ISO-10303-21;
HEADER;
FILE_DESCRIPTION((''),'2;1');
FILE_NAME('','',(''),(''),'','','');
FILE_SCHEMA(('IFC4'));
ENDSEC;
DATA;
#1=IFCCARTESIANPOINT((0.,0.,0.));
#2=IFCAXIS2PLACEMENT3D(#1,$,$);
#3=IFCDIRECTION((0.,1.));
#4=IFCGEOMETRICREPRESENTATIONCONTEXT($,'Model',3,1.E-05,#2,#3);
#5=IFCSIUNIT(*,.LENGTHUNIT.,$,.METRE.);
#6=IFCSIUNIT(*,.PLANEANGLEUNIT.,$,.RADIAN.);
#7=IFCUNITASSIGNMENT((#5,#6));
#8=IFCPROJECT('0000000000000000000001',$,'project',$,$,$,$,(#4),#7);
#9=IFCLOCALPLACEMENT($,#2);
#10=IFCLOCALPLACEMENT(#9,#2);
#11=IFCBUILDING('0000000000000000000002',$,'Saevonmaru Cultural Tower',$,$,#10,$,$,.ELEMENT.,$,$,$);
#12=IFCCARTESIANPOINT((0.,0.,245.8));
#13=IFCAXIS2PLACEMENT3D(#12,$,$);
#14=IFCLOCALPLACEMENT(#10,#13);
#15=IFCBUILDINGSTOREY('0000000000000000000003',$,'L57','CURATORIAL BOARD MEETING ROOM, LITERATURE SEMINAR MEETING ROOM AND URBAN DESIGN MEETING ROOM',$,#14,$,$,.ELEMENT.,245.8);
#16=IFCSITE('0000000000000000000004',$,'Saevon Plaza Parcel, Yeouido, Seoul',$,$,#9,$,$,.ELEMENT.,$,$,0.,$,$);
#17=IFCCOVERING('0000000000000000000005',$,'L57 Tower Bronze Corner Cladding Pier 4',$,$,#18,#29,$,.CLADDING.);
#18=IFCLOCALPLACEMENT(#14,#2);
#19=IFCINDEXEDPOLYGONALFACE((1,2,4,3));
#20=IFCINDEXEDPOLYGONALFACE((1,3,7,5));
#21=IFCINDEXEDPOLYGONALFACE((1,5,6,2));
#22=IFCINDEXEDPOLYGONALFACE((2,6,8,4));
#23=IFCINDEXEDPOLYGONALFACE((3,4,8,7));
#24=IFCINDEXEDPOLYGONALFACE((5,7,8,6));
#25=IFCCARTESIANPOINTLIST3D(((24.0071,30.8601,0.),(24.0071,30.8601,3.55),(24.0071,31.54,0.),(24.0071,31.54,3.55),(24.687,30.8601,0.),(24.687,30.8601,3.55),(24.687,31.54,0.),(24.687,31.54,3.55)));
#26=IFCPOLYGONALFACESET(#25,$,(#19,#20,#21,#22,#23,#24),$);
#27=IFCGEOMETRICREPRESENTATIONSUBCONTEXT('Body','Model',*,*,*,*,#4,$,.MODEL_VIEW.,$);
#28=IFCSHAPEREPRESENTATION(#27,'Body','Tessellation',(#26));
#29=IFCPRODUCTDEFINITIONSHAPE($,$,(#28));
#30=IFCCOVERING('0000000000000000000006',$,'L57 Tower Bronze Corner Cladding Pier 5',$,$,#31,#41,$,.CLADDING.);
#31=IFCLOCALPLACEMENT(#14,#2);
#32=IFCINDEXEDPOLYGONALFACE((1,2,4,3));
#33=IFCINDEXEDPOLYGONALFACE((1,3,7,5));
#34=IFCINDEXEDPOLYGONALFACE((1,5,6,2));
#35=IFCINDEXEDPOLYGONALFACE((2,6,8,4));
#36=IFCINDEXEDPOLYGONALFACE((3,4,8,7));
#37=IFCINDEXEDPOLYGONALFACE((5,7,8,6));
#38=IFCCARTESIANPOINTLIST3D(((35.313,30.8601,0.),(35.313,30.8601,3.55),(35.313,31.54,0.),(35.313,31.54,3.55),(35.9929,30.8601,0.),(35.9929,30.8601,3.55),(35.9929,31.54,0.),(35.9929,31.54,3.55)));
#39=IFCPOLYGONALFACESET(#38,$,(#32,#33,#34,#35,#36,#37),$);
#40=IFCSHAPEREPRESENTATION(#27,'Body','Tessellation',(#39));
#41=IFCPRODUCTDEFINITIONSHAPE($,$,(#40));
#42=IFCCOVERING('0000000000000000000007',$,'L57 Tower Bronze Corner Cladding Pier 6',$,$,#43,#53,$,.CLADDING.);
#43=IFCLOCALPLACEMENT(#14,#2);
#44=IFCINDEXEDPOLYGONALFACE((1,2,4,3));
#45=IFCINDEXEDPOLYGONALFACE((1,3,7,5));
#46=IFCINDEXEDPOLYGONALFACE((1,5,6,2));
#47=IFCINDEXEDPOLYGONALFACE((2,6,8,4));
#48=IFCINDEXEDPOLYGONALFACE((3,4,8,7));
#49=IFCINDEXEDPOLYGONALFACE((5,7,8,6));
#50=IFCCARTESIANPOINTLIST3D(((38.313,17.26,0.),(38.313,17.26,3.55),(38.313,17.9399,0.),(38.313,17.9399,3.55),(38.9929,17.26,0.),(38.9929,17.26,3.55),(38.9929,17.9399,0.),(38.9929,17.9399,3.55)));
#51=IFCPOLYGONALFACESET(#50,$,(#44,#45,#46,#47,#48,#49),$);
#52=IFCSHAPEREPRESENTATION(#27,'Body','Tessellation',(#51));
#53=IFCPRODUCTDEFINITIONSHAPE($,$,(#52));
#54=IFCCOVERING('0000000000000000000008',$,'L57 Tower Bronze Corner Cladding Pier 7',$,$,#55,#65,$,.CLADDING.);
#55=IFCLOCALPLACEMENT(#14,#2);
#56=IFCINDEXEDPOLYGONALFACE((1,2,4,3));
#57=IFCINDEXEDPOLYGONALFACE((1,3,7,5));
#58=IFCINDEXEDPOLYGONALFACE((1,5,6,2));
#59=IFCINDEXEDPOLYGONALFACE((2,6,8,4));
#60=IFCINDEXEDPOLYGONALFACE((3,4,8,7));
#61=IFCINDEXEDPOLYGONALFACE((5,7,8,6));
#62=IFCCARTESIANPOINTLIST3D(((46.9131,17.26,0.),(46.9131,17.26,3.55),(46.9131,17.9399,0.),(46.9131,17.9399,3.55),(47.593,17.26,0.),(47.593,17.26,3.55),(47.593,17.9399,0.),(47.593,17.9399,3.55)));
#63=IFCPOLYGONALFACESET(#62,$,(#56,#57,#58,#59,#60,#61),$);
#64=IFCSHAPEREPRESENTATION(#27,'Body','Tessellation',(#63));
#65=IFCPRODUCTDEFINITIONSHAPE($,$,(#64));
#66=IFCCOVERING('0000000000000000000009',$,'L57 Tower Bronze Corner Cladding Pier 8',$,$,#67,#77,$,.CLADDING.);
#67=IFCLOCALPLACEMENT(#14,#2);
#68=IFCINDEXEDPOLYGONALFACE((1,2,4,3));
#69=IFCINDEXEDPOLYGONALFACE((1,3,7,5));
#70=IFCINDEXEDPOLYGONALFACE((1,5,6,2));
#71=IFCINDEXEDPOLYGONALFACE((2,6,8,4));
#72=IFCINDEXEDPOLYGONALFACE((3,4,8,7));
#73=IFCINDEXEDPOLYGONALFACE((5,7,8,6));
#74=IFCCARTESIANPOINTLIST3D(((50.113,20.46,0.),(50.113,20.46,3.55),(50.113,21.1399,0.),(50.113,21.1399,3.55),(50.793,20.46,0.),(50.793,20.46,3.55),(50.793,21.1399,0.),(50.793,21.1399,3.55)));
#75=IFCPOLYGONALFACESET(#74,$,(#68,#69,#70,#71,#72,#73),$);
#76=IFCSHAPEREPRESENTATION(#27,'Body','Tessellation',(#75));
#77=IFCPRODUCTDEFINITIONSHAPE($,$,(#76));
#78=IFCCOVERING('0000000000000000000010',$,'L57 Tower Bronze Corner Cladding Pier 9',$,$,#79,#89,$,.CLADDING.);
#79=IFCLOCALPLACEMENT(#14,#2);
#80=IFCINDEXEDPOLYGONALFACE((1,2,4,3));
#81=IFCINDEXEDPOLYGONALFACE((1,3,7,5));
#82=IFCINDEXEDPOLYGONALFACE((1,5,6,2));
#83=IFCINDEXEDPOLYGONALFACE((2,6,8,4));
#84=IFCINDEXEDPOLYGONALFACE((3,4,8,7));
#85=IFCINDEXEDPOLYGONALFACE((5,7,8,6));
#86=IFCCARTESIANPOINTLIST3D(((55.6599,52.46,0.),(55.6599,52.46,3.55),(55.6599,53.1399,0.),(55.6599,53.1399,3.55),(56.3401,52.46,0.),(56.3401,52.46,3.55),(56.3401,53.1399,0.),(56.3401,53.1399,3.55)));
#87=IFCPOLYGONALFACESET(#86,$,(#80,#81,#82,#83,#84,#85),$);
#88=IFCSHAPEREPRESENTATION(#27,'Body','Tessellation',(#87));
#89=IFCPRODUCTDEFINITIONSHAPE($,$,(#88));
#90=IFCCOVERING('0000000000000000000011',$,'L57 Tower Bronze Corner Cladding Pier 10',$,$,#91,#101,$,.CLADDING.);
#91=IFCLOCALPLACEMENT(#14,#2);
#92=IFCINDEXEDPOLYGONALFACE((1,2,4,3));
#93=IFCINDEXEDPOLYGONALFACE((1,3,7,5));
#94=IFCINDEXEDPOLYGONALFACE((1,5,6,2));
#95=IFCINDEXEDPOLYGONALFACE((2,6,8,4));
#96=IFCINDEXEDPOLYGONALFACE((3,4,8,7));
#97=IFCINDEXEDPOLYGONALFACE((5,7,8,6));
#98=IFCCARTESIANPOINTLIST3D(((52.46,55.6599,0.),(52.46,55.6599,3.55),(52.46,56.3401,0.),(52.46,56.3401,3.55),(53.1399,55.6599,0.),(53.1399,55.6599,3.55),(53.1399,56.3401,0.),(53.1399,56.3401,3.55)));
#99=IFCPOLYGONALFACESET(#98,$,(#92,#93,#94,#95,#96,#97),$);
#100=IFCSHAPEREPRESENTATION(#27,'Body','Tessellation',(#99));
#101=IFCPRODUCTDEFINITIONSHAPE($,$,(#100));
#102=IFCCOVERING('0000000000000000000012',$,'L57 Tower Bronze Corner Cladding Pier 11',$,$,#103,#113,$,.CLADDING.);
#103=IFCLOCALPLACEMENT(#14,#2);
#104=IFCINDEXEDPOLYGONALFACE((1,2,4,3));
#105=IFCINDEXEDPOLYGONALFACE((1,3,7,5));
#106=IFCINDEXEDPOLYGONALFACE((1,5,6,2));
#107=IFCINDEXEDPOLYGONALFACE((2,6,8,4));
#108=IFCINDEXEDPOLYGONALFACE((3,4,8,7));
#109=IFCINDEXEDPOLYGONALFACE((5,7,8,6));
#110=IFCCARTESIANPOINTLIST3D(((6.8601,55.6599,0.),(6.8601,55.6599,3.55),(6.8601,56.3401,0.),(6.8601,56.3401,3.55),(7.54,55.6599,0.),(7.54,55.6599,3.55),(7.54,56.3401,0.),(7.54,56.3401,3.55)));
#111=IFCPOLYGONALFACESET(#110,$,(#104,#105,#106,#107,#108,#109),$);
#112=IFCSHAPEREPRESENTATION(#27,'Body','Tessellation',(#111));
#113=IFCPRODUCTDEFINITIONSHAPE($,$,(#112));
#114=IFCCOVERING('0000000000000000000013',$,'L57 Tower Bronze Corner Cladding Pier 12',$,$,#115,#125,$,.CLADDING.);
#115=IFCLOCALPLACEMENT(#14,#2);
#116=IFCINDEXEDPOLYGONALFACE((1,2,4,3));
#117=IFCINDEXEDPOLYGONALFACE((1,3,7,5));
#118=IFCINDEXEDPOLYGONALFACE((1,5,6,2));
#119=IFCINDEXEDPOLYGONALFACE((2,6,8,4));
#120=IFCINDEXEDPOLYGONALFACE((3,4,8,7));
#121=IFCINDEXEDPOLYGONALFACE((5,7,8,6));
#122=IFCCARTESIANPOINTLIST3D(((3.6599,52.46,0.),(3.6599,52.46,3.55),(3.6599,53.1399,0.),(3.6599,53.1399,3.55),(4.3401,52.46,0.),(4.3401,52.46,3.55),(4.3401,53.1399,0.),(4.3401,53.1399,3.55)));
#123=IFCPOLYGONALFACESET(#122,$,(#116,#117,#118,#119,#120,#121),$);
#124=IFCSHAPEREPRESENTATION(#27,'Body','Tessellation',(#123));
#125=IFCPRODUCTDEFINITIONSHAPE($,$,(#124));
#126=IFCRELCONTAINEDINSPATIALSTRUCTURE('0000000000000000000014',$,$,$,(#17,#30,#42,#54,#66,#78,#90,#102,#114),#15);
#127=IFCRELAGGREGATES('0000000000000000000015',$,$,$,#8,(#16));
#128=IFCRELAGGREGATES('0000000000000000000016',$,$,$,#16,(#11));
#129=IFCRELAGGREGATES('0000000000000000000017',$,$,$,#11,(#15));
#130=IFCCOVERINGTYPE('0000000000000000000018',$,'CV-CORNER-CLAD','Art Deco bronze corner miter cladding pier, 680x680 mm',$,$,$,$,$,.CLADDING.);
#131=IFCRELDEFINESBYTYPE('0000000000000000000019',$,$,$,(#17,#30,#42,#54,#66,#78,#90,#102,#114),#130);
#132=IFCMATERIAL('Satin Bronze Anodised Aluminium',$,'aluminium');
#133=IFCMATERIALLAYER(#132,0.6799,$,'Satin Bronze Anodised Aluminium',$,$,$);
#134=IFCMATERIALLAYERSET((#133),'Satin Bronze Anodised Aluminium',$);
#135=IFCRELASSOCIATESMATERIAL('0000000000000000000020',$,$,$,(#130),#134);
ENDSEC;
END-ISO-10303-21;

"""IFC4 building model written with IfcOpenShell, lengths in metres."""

from ifc_helpers import new_model, si_unit, direction, frame, origin, place, context, subcontext, project, spatial, polyline, outline, extrude, material, layer, layer_set, type_object, element, save


model = new_model("IFC4")

# Units and contexts
model_context = context("Model", 3, precision=1e-05, world=origin(), true_north=direction((0.0, 1.0)))
body_context = subcontext(model_context, "Body", "Model", "MODEL_VIEW")
ifc_project = project(units=[si_unit("LENGTHUNIT", "METRE"), si_unit("PLANEANGLEUNIT", "RADIAN")], contexts=[model_context])

# Site, building, storey
site_placement = place(None, origin())
site = spatial("IfcSite", under=ifc_project, at=site_placement, Name="Saevon Plaza Parcel, Yeouido, Seoul", CompositionType="ELEMENT", RefElevation=0.0)
building_placement = place(site_placement, origin())
building = spatial("IfcBuilding", under=site, at=building_placement, Name="Saevonmaru Cultural Tower", CompositionType="ELEMENT")
storey_placement = place(building_placement, frame((0.0, 0.0, 245.8)))
storey = spatial("IfcBuildingStorey", under=building, at=storey_placement, Name="L57", Description="CURATORIAL BOARD MEETING ROOM, LITERATURE SEMINAR MEETING ROOM AND URBAN DESIGN MEETING ROOM", CompositionType="ELEMENT", Elevation=245.8)

# Shared definitions
ifc_material_1 = material(Name="Satin Bronze Anodised Aluminium", Category="aluminium")

# Coverings
ifc_layer_1 = layer(ifc_material_1, 0.6799, Name="Satin Bronze Anodised Aluminium")
ifc_layer_set_1 = layer_set([ifc_layer_1], Name="Satin Bronze Anodised Aluminium")
covering_type = type_object("IfcCoveringType", Name="CV-CORNER-CLAD", Description="Art Deco bronze corner miter cladding pier, 680x680 mm", PredefinedType="CLADDING", material=ifc_layer_set_1)
covering_1_placement = place(storey_placement, origin())
element("IfcCovering", 1, at=covering_1_placement, inside=storey, type_object=covering_type, Name="L57 Tower Bronze Corner Cladding Pier 4", PredefinedType="CLADDING", context=body_context, shape_type="SweptSolid", body=[
    extrude(outline(polyline([(24.0071, 30.8601), (24.687, 30.8601), (24.687, 31.54), (24.0071, 31.54), (24.0071, 30.8601)])), origin(), (0.0, 0.0, 1.0), 3.55),
])
covering_2_placement = place(storey_placement, origin())
element("IfcCovering", 2, at=covering_2_placement, inside=storey, type_object=covering_type, Name="L57 Tower Bronze Corner Cladding Pier 5", PredefinedType="CLADDING", context=body_context, shape_type="SweptSolid", body=[
    extrude(outline(polyline([(35.313, 30.8601), (35.9929, 30.8601), (35.9929, 31.54), (35.313, 31.54), (35.313, 30.8601)])), origin(), (0.0, 0.0, 1.0), 3.55),
])
covering_3_placement = place(storey_placement, origin())
element("IfcCovering", 3, at=covering_3_placement, inside=storey, type_object=covering_type, Name="L57 Tower Bronze Corner Cladding Pier 6", PredefinedType="CLADDING", context=body_context, shape_type="SweptSolid", body=[
    extrude(outline(polyline([(38.313, 17.26), (38.9929, 17.26), (38.9929, 17.9399), (38.313, 17.9399), (38.313, 17.26)])), origin(), (0.0, 0.0, 1.0), 3.55),
])
covering_4_placement = place(storey_placement, origin())
element("IfcCovering", 4, at=covering_4_placement, inside=storey, type_object=covering_type, Name="L57 Tower Bronze Corner Cladding Pier 7", PredefinedType="CLADDING", context=body_context, shape_type="SweptSolid", body=[
    extrude(outline(polyline([(46.9131, 17.26), (47.593, 17.26), (47.593, 17.9399), (46.9131, 17.9399), (46.9131, 17.26)])), origin(), (0.0, 0.0, 1.0), 3.55),
])
covering_5_placement = place(storey_placement, origin())
element("IfcCovering", 5, at=covering_5_placement, inside=storey, type_object=covering_type, Name="L57 Tower Bronze Corner Cladding Pier 8", PredefinedType="CLADDING", context=body_context, shape_type="SweptSolid", body=[
    extrude(outline(polyline([(50.113, 20.46), (50.793, 20.46), (50.793, 21.1399), (50.113, 21.1399), (50.113, 20.46)])), origin(), (0.0, 0.0, 1.0), 3.55),
])
covering_6_placement = place(storey_placement, origin())
element("IfcCovering", 6, at=covering_6_placement, inside=storey, type_object=covering_type, Name="L57 Tower Bronze Corner Cladding Pier 9", PredefinedType="CLADDING", context=body_context, shape_type="SweptSolid", body=[
    extrude(outline(polyline([(55.6599, 52.46), (56.3401, 52.46), (56.3401, 53.1399), (55.6599, 53.1399), (55.6599, 52.46)])), origin(), (0.0, 0.0, 1.0), 3.55),
])
covering_7_placement = place(storey_placement, origin())
element("IfcCovering", 7, at=covering_7_placement, inside=storey, type_object=covering_type, Name="L57 Tower Bronze Corner Cladding Pier 10", PredefinedType="CLADDING", context=body_context, shape_type="SweptSolid", body=[
    extrude(outline(polyline([(52.46, 55.6599), (53.1399, 55.6599), (53.1399, 56.3401), (52.46, 56.3401), (52.46, 55.6599)])), origin(), (0.0, 0.0, 1.0), 3.55),
])
covering_8_placement = place(storey_placement, origin())
element("IfcCovering", 8, at=covering_8_placement, inside=storey, type_object=covering_type, Name="L57 Tower Bronze Corner Cladding Pier 11", PredefinedType="CLADDING", context=body_context, shape_type="SweptSolid", body=[
    extrude(outline(polyline([(6.8601, 55.6599), (7.54, 55.6599), (7.54, 56.3401), (6.8601, 56.3401), (6.8601, 55.6599)])), origin(), (0.0, 0.0, 1.0), 3.55),
])
covering_9_placement = place(storey_placement, origin())
element("IfcCovering", 9, at=covering_9_placement, inside=storey, type_object=covering_type, Name="L57 Tower Bronze Corner Cladding Pier 12", PredefinedType="CLADDING", context=body_context, shape_type="SweptSolid", body=[
    extrude(outline(polyline([(3.6599, 52.46), (4.3401, 52.46), (4.3401, 53.1399), (3.6599, 53.1399), (3.6599, 52.46)])), origin(), (0.0, 0.0, 1.0), 3.55),
])

save(model, "model.ifc")
